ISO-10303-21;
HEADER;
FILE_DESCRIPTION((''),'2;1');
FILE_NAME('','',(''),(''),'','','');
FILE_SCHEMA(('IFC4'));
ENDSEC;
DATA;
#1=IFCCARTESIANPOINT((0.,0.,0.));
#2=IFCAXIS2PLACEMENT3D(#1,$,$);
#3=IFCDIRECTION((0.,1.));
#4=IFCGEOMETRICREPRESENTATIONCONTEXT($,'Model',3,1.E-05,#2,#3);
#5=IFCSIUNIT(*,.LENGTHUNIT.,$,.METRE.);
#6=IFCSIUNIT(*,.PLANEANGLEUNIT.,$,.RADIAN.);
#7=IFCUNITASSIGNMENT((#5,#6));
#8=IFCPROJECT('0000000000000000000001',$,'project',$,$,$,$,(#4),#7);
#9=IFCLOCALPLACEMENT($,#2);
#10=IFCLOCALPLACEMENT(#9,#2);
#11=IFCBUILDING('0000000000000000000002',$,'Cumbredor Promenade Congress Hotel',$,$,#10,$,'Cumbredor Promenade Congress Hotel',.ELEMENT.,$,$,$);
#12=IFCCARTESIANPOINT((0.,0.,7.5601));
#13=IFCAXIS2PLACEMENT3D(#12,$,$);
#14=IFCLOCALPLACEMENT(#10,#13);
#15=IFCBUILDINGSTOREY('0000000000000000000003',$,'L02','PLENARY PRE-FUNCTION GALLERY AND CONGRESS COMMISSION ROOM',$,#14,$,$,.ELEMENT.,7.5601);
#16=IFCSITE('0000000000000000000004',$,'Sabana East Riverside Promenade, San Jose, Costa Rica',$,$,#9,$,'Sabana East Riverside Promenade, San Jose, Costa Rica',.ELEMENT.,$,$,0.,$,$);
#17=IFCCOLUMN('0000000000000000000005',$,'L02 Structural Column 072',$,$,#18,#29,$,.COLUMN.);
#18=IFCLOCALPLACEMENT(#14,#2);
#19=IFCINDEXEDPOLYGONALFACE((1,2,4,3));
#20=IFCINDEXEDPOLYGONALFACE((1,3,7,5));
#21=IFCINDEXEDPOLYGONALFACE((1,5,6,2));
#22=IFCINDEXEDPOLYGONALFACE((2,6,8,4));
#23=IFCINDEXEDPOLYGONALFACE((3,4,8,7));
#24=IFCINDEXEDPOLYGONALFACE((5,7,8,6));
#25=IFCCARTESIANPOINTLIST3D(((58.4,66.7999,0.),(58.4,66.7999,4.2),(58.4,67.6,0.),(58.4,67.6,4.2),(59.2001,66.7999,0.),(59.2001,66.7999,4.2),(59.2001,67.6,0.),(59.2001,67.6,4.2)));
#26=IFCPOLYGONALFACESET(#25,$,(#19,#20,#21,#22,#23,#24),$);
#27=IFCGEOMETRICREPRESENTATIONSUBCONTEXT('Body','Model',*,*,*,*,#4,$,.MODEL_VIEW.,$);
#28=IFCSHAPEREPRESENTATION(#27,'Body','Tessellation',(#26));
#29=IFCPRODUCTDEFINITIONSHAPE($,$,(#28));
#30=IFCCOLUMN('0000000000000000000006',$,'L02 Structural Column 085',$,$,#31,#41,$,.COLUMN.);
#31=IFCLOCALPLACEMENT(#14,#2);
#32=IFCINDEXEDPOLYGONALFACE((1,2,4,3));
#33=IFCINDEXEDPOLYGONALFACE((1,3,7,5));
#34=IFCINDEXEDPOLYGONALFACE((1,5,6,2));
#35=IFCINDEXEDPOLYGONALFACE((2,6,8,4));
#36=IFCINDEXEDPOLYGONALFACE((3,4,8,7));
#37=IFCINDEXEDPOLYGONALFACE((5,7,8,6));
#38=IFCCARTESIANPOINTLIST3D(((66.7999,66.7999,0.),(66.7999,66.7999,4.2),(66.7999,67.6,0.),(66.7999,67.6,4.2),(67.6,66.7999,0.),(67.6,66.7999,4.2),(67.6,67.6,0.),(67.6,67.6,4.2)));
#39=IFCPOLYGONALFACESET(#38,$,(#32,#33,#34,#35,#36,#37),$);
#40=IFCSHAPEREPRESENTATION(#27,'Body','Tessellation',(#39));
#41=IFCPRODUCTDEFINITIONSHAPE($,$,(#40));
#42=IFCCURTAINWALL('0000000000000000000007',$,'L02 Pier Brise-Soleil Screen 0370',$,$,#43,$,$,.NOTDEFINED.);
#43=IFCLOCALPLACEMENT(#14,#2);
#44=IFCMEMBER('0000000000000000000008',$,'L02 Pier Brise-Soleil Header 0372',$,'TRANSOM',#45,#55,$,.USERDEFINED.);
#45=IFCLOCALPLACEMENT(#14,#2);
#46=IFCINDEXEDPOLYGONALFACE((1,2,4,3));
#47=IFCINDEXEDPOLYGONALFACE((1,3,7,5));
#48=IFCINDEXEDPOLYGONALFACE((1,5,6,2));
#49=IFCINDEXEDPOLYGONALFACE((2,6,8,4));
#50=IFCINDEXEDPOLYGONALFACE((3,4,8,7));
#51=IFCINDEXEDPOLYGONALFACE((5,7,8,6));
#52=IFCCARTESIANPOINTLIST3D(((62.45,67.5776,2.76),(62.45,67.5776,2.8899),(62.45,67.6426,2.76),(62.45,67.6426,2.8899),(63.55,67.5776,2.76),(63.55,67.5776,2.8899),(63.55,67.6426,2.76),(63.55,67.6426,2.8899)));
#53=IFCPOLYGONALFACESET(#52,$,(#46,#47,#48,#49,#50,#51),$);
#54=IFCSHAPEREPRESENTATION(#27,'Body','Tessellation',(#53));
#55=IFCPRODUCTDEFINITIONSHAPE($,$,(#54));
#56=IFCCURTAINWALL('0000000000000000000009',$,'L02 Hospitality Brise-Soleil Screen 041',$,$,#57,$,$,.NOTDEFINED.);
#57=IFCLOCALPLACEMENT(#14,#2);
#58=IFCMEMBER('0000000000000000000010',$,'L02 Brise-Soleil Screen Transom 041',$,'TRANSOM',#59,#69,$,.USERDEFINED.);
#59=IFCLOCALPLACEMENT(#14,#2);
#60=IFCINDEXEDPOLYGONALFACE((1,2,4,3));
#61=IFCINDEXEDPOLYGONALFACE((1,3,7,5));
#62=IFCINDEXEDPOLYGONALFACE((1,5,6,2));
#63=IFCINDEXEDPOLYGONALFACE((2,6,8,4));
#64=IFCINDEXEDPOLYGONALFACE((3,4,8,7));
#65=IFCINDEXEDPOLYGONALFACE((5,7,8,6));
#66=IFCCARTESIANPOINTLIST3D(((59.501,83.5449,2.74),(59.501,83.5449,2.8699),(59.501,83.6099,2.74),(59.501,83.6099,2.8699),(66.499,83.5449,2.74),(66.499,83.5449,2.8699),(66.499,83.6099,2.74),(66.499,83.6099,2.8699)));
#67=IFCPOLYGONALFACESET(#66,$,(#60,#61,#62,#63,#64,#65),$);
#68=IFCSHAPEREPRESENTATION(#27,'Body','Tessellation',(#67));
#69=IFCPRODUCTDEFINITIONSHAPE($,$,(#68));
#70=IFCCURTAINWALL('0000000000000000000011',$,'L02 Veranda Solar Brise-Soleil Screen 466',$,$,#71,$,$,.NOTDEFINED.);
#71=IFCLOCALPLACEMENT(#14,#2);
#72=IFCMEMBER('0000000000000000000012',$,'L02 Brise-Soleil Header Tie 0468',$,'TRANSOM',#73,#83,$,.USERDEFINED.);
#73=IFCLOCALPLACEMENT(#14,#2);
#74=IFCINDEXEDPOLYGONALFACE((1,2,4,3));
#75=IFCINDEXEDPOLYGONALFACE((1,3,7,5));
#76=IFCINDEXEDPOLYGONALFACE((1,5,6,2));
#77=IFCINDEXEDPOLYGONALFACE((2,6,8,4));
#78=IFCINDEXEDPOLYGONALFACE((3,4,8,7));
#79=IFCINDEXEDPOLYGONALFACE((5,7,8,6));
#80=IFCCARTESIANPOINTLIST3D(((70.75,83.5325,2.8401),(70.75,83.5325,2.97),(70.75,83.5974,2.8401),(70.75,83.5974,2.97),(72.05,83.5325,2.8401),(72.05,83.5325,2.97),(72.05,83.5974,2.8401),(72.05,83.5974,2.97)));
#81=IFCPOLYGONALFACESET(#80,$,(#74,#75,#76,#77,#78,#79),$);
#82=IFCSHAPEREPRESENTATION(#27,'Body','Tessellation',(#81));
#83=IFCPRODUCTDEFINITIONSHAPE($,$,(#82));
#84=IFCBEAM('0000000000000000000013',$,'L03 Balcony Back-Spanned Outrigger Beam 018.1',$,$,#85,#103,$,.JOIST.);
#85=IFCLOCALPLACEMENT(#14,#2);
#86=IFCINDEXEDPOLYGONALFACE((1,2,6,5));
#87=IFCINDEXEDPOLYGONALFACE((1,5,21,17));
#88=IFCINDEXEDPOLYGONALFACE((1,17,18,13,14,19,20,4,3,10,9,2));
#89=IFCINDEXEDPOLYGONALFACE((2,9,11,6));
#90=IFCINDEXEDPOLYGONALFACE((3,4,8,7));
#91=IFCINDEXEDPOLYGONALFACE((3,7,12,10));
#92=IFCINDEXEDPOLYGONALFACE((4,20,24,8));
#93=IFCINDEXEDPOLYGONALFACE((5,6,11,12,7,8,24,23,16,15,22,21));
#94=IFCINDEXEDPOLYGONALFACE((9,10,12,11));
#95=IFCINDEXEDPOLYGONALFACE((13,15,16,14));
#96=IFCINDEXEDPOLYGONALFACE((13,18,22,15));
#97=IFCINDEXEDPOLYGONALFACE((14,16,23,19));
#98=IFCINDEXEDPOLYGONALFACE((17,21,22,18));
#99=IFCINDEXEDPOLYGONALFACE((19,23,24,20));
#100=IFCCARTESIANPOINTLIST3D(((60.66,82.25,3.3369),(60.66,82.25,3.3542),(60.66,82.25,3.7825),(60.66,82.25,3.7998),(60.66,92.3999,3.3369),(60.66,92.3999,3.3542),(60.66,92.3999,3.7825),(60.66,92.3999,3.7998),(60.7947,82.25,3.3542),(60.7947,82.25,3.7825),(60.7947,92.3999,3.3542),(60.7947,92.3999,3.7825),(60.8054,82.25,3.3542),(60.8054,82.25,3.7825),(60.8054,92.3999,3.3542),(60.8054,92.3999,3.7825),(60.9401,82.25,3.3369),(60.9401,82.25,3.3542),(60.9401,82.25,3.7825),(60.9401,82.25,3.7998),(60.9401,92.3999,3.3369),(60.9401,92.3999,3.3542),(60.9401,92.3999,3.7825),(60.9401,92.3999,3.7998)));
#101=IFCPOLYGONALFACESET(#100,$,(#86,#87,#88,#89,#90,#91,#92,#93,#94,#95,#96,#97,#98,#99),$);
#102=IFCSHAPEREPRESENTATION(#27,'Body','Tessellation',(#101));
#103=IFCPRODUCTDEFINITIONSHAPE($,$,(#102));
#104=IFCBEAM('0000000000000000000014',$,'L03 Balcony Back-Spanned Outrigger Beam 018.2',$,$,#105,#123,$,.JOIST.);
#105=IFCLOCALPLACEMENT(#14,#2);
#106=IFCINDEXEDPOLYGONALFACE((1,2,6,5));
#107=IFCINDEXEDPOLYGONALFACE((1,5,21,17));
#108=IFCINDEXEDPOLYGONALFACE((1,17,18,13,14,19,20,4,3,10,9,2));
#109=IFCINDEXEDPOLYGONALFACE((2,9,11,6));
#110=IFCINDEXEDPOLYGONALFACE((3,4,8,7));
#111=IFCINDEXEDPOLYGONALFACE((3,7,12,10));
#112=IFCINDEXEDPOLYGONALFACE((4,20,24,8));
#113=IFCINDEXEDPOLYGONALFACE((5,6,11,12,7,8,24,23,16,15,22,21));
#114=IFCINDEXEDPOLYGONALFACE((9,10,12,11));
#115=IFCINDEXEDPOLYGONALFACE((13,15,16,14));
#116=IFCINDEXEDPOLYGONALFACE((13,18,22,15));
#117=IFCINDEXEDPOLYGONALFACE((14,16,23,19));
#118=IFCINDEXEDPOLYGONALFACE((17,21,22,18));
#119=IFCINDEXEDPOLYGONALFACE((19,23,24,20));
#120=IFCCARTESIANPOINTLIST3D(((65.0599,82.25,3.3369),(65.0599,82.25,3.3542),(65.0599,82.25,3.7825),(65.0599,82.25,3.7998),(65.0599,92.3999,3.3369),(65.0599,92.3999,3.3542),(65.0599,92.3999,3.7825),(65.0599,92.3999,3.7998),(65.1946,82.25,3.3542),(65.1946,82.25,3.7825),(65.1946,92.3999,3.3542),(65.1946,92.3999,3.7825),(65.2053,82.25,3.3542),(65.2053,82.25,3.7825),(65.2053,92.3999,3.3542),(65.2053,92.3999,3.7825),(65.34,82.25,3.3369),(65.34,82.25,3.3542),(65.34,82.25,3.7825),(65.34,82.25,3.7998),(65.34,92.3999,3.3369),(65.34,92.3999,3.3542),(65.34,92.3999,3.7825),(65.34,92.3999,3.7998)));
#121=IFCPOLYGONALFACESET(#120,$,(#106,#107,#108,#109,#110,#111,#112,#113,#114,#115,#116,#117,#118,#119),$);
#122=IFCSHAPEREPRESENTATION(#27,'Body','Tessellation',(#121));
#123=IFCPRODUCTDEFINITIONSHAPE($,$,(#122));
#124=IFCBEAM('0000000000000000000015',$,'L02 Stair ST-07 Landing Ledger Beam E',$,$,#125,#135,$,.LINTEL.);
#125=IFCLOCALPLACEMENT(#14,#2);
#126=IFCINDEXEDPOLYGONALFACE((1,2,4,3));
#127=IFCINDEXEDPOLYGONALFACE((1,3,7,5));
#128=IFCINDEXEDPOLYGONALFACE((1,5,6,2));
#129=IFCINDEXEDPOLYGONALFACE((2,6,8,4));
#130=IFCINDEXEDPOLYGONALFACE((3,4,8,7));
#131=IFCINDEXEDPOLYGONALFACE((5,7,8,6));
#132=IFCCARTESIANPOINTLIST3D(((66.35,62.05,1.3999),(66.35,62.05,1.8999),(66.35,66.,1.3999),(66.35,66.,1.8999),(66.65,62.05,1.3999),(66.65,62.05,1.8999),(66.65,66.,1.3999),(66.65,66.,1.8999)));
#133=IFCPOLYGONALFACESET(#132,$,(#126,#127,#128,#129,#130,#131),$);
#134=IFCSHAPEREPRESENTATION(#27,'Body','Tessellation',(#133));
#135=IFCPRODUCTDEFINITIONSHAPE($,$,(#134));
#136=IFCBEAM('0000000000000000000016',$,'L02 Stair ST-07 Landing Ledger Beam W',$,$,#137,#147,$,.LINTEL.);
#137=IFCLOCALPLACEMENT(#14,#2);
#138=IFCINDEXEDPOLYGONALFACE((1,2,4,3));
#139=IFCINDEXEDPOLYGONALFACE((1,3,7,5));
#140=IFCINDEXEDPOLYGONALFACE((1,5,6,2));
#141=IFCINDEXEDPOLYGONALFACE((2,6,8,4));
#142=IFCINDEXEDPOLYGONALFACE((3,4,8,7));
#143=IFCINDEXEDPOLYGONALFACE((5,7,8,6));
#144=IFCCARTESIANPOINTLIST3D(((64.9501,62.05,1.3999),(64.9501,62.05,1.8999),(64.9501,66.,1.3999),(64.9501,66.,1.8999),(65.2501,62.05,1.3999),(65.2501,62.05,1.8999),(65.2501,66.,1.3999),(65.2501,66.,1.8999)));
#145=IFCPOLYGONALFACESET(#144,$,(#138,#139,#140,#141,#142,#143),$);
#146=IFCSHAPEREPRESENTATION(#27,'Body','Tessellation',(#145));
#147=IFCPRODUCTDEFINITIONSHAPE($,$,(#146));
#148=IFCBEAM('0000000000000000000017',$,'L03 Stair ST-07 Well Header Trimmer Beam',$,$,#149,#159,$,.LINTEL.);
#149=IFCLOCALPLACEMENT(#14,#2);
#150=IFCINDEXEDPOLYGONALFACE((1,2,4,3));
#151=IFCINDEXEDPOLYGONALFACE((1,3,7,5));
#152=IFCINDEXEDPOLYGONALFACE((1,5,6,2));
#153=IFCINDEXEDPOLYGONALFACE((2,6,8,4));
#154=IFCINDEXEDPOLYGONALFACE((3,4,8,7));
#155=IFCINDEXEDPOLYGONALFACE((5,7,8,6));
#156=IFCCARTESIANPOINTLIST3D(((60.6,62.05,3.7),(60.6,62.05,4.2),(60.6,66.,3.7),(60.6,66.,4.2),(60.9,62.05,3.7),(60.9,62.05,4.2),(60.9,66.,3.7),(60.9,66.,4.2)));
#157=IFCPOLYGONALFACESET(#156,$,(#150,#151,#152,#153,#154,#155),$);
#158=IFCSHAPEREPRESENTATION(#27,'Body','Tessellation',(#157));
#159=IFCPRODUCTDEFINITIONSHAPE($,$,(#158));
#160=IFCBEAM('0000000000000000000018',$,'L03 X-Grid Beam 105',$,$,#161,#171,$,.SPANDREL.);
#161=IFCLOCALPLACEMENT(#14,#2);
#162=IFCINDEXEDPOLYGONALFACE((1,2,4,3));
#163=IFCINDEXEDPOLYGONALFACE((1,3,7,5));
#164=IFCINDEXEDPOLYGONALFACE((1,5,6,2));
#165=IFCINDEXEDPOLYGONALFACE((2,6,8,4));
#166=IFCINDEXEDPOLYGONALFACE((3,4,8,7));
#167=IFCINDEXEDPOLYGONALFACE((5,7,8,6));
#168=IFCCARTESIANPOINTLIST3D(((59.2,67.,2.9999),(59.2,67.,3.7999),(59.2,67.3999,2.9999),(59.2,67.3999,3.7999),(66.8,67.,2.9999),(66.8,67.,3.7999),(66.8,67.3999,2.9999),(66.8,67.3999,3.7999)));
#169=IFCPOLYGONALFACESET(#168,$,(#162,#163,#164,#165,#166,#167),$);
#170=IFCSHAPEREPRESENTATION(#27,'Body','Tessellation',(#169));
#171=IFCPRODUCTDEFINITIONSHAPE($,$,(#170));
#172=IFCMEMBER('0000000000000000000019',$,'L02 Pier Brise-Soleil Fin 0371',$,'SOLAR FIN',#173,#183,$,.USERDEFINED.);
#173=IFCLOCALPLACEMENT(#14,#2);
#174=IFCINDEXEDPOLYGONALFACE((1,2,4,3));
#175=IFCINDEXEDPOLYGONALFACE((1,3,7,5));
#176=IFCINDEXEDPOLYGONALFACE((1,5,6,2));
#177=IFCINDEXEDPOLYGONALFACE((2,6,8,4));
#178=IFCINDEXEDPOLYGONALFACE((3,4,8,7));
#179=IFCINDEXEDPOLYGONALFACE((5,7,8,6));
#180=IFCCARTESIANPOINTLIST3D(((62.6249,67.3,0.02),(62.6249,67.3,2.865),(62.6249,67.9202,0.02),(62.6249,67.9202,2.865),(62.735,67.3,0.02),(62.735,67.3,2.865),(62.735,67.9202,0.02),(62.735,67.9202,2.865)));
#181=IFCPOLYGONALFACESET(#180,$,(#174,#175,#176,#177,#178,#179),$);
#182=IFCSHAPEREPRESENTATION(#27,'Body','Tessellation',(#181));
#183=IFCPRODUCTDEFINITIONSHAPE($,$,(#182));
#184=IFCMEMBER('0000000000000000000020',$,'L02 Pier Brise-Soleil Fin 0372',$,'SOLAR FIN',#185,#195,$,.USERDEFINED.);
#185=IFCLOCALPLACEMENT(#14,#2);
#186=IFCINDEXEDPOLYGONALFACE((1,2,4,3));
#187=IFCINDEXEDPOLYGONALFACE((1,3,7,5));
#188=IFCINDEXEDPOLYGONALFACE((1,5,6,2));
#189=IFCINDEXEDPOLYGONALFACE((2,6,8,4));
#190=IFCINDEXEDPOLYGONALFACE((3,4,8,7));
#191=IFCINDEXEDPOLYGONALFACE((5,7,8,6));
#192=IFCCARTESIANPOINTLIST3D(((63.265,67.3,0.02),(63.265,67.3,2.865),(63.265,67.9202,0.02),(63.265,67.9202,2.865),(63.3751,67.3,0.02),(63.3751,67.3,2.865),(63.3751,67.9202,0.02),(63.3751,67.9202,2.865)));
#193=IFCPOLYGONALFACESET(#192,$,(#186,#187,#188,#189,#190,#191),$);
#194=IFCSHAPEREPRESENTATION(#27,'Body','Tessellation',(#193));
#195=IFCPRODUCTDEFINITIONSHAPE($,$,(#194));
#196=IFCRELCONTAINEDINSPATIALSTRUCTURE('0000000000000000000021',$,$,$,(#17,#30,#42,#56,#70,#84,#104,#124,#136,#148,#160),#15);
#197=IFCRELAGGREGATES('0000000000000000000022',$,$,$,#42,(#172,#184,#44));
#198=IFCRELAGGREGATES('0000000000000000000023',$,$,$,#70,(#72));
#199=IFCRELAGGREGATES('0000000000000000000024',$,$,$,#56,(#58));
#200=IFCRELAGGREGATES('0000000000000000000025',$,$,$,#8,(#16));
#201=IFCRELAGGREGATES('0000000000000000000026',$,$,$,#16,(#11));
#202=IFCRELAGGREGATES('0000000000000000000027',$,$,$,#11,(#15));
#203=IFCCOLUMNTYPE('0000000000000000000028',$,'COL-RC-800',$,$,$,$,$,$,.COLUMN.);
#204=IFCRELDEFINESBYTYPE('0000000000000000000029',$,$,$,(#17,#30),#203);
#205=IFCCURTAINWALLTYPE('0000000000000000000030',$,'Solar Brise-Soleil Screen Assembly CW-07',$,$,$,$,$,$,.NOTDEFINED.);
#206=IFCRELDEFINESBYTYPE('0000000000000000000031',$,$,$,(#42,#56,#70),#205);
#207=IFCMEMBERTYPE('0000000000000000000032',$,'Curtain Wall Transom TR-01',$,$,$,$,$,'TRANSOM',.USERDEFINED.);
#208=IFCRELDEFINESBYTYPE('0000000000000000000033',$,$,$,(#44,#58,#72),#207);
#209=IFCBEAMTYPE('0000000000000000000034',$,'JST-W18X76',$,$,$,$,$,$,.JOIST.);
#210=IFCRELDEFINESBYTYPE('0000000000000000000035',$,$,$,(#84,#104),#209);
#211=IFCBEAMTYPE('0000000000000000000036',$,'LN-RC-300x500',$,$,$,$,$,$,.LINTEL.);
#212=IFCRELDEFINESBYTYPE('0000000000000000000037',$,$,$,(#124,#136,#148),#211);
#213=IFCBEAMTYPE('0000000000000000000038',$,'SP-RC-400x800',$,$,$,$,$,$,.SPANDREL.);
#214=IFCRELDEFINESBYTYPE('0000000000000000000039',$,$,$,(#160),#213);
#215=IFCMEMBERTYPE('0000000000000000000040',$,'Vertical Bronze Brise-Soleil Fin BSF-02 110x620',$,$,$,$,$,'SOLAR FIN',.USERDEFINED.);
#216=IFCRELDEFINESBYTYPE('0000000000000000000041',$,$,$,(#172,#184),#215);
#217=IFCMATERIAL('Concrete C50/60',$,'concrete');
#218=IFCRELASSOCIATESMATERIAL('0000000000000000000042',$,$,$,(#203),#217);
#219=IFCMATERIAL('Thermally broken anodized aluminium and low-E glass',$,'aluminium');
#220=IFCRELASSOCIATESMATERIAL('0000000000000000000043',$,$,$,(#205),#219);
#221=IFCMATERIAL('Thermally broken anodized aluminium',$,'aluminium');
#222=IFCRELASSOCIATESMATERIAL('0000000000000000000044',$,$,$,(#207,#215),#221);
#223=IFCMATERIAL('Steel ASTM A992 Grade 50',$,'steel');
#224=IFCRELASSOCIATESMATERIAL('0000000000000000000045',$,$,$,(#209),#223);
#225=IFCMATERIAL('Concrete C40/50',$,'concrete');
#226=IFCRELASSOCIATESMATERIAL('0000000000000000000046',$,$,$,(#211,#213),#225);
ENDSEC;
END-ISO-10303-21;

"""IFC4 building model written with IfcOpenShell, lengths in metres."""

from ifc_helpers import new_model, si_unit, direction, frame, origin, origin_2d, place, context, subcontext, project, spatial, rectangle, i_section, extrude, material, material_profile, profile_set, type_object, element, aggregate, save


model = new_model("IFC4")

# Units and contexts
model_context = context("Model", 3, precision=1e-05, world=origin(), true_north=direction((0.0, 1.0)))
body_context = subcontext(model_context, "Body", "Model", "MODEL_VIEW")
ifc_project = project(units=[si_unit("LENGTHUNIT", "METRE"), si_unit("PLANEANGLEUNIT", "RADIAN")], contexts=[model_context])

# Site, building, storey
site_placement = place(None, origin())
site = spatial("IfcSite", under=ifc_project, at=site_placement, Name="Sabana East Riverside Promenade, San Jose, Costa Rica", LongName="Sabana East Riverside Promenade, San Jose, Costa Rica", CompositionType="ELEMENT", RefElevation=0.0)
building_placement = place(site_placement, origin())
building = spatial("IfcBuilding", under=site, at=building_placement, Name="Cumbredor Promenade Congress Hotel", LongName="Cumbredor Promenade Congress Hotel", CompositionType="ELEMENT")
storey_placement = place(building_placement, frame((0.0, 0.0, 7.5601)))
storey = spatial("IfcBuildingStorey", under=building, at=storey_placement, Name="L02", Description="PLENARY PRE-FUNCTION GALLERY AND CONGRESS COMMISSION ROOM", CompositionType="ELEMENT", Elevation=7.5601)

# Columns
ifc_material_1 = material(Name="Concrete C50/60", Category="concrete")
ifc_material_profile_1 = material_profile(ifc_material_1, rectangle(XDim=0.8, YDim=0.8, at=origin_2d()), Name="RC 800x800")
ifc_profile_set_1 = profile_set([ifc_material_profile_1], Name="Concrete C50/60")
column_type = type_object("IfcColumnType", Name="COL-RC-800", PredefinedType="COLUMN", material=ifc_profile_set_1)
for number, where, z_axis, x_axis, name in (
    (1, (58.8, 67.2, 0.0), (0.0, 0.0, 1.0), (1.0, 0.0, 0.0), "L02 Structural Column 072"),
    (2, (67.2, 67.2, 0.0), (0.0, 0.0, 1.0), (1.0, 0.0, 0.0), "L02 Structural Column 085"),
):
    element("IfcColumn", number, at=place(storey_placement, frame(where, z_axis=z_axis, x_axis=x_axis)), inside=storey, type_object=column_type, Name=name, PredefinedType="COLUMN", context=body_context, shape_type="SweptSolid", body=[
        extrude(rectangle(XDim=0.8, YDim=0.8, at=origin_2d()), origin(), (0.0, 0.0, 1.0), 4.2),
    ])

# Curtain walls, members
ifc_material_2 = material(Name="Thermally broken anodized aluminium and low-E glass", Category="aluminium")
curtain_wall_type = type_object("IfcCurtainWallType", Name="Solar Brise-Soleil Screen Assembly CW-07", PredefinedType="NOTDEFINED", material=ifc_material_2)
curtain_wall_1_placement = place(storey_placement, origin())
curtain_wall_1 = element("IfcCurtainWall", 3, at=curtain_wall_1_placement, inside=storey, type_object=curtain_wall_type, Name="L02 Pier Brise-Soleil Screen 0370", PredefinedType="NOTDEFINED")
ifc_material_3 = material(Name="Thermally broken anodized aluminium", Category="aluminium")
ifc_material_profile_2 = material_profile(ifc_material_3, rectangle(XDim=0.0649, YDim=0.1299, at=origin_2d()), Name="ALU TRANSOM 65x130")
ifc_profile_set_2 = profile_set([ifc_material_profile_2], Name="Thermally broken anodized aluminium")
member_type_1 = type_object("IfcMemberType", Name="Curtain Wall Transom TR-01", ElementType="TRANSOM", PredefinedType="USERDEFINED", material=ifc_profile_set_2)
member_1_placement = place(storey_placement, frame((62.45, 67.6101, 2.825), z_axis=(1.0, 0.0, 0.0), x_axis=(0.0, 1.0, 0.0)))
member_1 = element("IfcMember", 4, at=member_1_placement, type_object=member_type_1, Name="L02 Pier Brise-Soleil Header 0372", ObjectType="TRANSOM", PredefinedType="USERDEFINED", context=body_context, shape_type="SweptSolid", body=[
    extrude(rectangle(XDim=0.0649, YDim=0.1299, at=origin_2d()), origin(), (0.0, 0.0, 1.0), 1.1001),
])
curtain_wall_2_placement = place(storey_placement, origin())
curtain_wall_2 = element("IfcCurtainWall", 5, at=curtain_wall_2_placement, inside=storey, type_object=curtain_wall_type, Name="L02 Hospitality Brise-Soleil Screen 041", PredefinedType="NOTDEFINED")
member_2_placement = place(storey_placement, frame((59.501, 83.5774, 2.8049), z_axis=(1.0, 0.0, 0.0), x_axis=(0.0, 1.0, 0.0)))
member_2 = element("IfcMember", 6, at=member_2_placement, type_object=member_type_1, Name="L02 Brise-Soleil Screen Transom 041", ObjectType="TRANSOM", PredefinedType="USERDEFINED", context=body_context, shape_type="SweptSolid", body=[
    extrude(rectangle(XDim=0.0649, YDim=0.1299, at=origin_2d()), origin(), (0.0, 0.0, 1.0), 6.998),
])
curtain_wall_3_placement = place(storey_placement, origin())
curtain_wall_3 = element("IfcCurtainWall", 7, at=curtain_wall_3_placement, inside=storey, type_object=curtain_wall_type, Name="L02 Veranda Solar Brise-Soleil Screen 466", PredefinedType="NOTDEFINED")
member_3_placement = place(storey_placement, frame((70.75, 83.5649, 2.905), z_axis=(1.0, 0.0, 0.0), x_axis=(0.0, 1.0, 0.0)))
member_3 = element("IfcMember", 8, at=member_3_placement, type_object=member_type_1, Name="L02 Brise-Soleil Header Tie 0468", ObjectType="TRANSOM", PredefinedType="USERDEFINED", context=body_context, shape_type="SweptSolid", body=[
    extrude(rectangle(XDim=0.0649, YDim=0.1299, at=origin_2d()), origin(), (0.0, 0.0, 1.0), 1.3),
])

# Beams
ifc_material_4 = material(Name="Steel ASTM A992 Grade 50", Category="steel")
ifc_material_profile_3 = material_profile(ifc_material_4, i_section(OverallWidth=0.28, OverallDepth=0.4629, WebThickness=0.0107, FlangeThickness=0.0173, at=origin_2d()), Name="W18X76")
ifc_profile_set_3 = profile_set([ifc_material_profile_3], Name="Steel ASTM A992 Grade 50")
beam_type_1 = type_object("IfcBeamType", Name="JST-W18X76", PredefinedType="JOIST", material=ifc_profile_set_3)
for number, where, z_axis, x_axis, name in (
    (9, (60.8, 82.25, 3.5684), (0.0, 1.0, 0.0), (-1.0, 0.0, 0.0), "L03 Balcony Back-Spanned Outrigger Beam 018.1"),
    (10, (65.2, 82.25, 3.5684), (0.0, 1.0, 0.0), (-1.0, 0.0, 0.0), "L03 Balcony Back-Spanned Outrigger Beam 018.2"),
):
    element("IfcBeam", number, at=place(storey_placement, frame(where, z_axis=z_axis, x_axis=x_axis)), inside=storey, type_object=beam_type_1, Name=name, PredefinedType="JOIST", context=body_context, shape_type="SweptSolid", body=[
        extrude(i_section(OverallWidth=0.28, OverallDepth=0.4629, WebThickness=0.0107, FlangeThickness=0.0173, at=origin_2d()), origin(), (0.0, 0.0, 1.0), 10.1499),
    ])
ifc_material_5 = material(Name="Concrete C40/50", Category="concrete")
ifc_material_profile_4 = material_profile(ifc_material_5, rectangle(XDim=0.3, YDim=0.5, at=origin_2d()), Name="RC LINTEL 300x500")
ifc_profile_set_4 = profile_set([ifc_material_profile_4], Name="Concrete C40/50")
beam_type_2 = type_object("IfcBeamType", Name="LN-RC-300x500", PredefinedType="LINTEL", material=ifc_profile_set_4)
for number, where, z_axis, x_axis, name in (
    (11, (66.5, 62.05, 1.6499), (0.0, 1.0, 0.0), (-1.0, 0.0, 0.0), "L02 Stair ST-07 Landing Ledger Beam E"),
    (12, (65.1001, 62.05, 1.6499), (0.0, 1.0, 0.0), (-1.0, 0.0, 0.0), "L02 Stair ST-07 Landing Ledger Beam W"),
    (13, (60.75, 62.05, 3.95), (0.0, 1.0, 0.0), (-1.0, 0.0, 0.0), "L03 Stair ST-07 Well Header Trimmer Beam"),
):
    element("IfcBeam", number, at=place(storey_placement, frame(where, z_axis=z_axis, x_axis=x_axis)), inside=storey, type_object=beam_type_2, Name=name, PredefinedType="LINTEL", context=body_context, shape_type="SweptSolid", body=[
        extrude(rectangle(XDim=0.3, YDim=0.5, at=origin_2d()), origin(), (0.0, 0.0, 1.0), 3.95),
    ])
ifc_material_profile_5 = material_profile(ifc_material_5, rectangle(XDim=0.3999, YDim=0.8, at=origin_2d()), Name="RC SPANDREL 400x800")
ifc_profile_set_5 = profile_set([ifc_material_profile_5], Name="Concrete C40/50")
beam_type_3 = type_object("IfcBeamType", Name="SP-RC-400x800", PredefinedType="SPANDREL", material=ifc_profile_set_5)
beam_placement = place(storey_placement, frame((59.2, 67.2, 3.3999), z_axis=(1.0, 0.0, 0.0), x_axis=(0.0, 1.0, 0.0)))
element("IfcBeam", 14, at=beam_placement, inside=storey, type_object=beam_type_3, Name="L03 X-Grid Beam 105", PredefinedType="SPANDREL", context=body_context, shape_type="SweptSolid", body=[
    extrude(rectangle(XDim=0.3999, YDim=0.8, at=origin_2d()), origin(), (0.0, 0.0, 1.0), 7.6001),
])

# Members
ifc_material_profile_6 = material_profile(ifc_material_3, rectangle(XDim=0.1101, YDim=0.6201, at=origin_2d()), Name="ARCH FIN 110x620")
ifc_profile_set_6 = profile_set([ifc_material_profile_6], Name="Thermally broken anodized aluminium")
member_type_2 = type_object("IfcMemberType", Name="Vertical Bronze Brise-Soleil Fin BSF-02 110x620", ElementType="SOLAR FIN", PredefinedType="USERDEFINED", material=ifc_profile_set_6)
member_4_placement = place(storey_placement, frame((62.6799, 67.6101, 0.02), z_axis=(0.0, 0.0, 1.0), x_axis=(1.0, 0.0, 0.0)))
member_4 = element("IfcMember", 15, at=member_4_placement, type_object=member_type_2, Name="L02 Pier Brise-Soleil Fin 0371", ObjectType="SOLAR FIN", PredefinedType="USERDEFINED", context=body_context, shape_type="SweptSolid", body=[
    extrude(rectangle(XDim=0.1101, YDim=0.6201, at=origin_2d()), origin(), (0.0, 0.0, 1.0), 2.845),
])
member_5_placement = place(storey_placement, frame((63.3201, 67.6101, 0.02), z_axis=(0.0, 0.0, 1.0), x_axis=(1.0, 0.0, 0.0)))
member_5 = element("IfcMember", 16, at=member_5_placement, type_object=member_type_2, Name="L02 Pier Brise-Soleil Fin 0372", ObjectType="SOLAR FIN", PredefinedType="USERDEFINED", context=body_context, shape_type="SweptSolid", body=[
    extrude(rectangle(XDim=0.1101, YDim=0.6201, at=origin_2d()), origin(), (0.0, 0.0, 1.0), 2.845),
])
aggregate(curtain_wall_1, [member_4, member_5, member_1])

aggregate(curtain_wall_3, [member_3])

aggregate(curtain_wall_2, [member_2])

save(model, "model.ifc")
